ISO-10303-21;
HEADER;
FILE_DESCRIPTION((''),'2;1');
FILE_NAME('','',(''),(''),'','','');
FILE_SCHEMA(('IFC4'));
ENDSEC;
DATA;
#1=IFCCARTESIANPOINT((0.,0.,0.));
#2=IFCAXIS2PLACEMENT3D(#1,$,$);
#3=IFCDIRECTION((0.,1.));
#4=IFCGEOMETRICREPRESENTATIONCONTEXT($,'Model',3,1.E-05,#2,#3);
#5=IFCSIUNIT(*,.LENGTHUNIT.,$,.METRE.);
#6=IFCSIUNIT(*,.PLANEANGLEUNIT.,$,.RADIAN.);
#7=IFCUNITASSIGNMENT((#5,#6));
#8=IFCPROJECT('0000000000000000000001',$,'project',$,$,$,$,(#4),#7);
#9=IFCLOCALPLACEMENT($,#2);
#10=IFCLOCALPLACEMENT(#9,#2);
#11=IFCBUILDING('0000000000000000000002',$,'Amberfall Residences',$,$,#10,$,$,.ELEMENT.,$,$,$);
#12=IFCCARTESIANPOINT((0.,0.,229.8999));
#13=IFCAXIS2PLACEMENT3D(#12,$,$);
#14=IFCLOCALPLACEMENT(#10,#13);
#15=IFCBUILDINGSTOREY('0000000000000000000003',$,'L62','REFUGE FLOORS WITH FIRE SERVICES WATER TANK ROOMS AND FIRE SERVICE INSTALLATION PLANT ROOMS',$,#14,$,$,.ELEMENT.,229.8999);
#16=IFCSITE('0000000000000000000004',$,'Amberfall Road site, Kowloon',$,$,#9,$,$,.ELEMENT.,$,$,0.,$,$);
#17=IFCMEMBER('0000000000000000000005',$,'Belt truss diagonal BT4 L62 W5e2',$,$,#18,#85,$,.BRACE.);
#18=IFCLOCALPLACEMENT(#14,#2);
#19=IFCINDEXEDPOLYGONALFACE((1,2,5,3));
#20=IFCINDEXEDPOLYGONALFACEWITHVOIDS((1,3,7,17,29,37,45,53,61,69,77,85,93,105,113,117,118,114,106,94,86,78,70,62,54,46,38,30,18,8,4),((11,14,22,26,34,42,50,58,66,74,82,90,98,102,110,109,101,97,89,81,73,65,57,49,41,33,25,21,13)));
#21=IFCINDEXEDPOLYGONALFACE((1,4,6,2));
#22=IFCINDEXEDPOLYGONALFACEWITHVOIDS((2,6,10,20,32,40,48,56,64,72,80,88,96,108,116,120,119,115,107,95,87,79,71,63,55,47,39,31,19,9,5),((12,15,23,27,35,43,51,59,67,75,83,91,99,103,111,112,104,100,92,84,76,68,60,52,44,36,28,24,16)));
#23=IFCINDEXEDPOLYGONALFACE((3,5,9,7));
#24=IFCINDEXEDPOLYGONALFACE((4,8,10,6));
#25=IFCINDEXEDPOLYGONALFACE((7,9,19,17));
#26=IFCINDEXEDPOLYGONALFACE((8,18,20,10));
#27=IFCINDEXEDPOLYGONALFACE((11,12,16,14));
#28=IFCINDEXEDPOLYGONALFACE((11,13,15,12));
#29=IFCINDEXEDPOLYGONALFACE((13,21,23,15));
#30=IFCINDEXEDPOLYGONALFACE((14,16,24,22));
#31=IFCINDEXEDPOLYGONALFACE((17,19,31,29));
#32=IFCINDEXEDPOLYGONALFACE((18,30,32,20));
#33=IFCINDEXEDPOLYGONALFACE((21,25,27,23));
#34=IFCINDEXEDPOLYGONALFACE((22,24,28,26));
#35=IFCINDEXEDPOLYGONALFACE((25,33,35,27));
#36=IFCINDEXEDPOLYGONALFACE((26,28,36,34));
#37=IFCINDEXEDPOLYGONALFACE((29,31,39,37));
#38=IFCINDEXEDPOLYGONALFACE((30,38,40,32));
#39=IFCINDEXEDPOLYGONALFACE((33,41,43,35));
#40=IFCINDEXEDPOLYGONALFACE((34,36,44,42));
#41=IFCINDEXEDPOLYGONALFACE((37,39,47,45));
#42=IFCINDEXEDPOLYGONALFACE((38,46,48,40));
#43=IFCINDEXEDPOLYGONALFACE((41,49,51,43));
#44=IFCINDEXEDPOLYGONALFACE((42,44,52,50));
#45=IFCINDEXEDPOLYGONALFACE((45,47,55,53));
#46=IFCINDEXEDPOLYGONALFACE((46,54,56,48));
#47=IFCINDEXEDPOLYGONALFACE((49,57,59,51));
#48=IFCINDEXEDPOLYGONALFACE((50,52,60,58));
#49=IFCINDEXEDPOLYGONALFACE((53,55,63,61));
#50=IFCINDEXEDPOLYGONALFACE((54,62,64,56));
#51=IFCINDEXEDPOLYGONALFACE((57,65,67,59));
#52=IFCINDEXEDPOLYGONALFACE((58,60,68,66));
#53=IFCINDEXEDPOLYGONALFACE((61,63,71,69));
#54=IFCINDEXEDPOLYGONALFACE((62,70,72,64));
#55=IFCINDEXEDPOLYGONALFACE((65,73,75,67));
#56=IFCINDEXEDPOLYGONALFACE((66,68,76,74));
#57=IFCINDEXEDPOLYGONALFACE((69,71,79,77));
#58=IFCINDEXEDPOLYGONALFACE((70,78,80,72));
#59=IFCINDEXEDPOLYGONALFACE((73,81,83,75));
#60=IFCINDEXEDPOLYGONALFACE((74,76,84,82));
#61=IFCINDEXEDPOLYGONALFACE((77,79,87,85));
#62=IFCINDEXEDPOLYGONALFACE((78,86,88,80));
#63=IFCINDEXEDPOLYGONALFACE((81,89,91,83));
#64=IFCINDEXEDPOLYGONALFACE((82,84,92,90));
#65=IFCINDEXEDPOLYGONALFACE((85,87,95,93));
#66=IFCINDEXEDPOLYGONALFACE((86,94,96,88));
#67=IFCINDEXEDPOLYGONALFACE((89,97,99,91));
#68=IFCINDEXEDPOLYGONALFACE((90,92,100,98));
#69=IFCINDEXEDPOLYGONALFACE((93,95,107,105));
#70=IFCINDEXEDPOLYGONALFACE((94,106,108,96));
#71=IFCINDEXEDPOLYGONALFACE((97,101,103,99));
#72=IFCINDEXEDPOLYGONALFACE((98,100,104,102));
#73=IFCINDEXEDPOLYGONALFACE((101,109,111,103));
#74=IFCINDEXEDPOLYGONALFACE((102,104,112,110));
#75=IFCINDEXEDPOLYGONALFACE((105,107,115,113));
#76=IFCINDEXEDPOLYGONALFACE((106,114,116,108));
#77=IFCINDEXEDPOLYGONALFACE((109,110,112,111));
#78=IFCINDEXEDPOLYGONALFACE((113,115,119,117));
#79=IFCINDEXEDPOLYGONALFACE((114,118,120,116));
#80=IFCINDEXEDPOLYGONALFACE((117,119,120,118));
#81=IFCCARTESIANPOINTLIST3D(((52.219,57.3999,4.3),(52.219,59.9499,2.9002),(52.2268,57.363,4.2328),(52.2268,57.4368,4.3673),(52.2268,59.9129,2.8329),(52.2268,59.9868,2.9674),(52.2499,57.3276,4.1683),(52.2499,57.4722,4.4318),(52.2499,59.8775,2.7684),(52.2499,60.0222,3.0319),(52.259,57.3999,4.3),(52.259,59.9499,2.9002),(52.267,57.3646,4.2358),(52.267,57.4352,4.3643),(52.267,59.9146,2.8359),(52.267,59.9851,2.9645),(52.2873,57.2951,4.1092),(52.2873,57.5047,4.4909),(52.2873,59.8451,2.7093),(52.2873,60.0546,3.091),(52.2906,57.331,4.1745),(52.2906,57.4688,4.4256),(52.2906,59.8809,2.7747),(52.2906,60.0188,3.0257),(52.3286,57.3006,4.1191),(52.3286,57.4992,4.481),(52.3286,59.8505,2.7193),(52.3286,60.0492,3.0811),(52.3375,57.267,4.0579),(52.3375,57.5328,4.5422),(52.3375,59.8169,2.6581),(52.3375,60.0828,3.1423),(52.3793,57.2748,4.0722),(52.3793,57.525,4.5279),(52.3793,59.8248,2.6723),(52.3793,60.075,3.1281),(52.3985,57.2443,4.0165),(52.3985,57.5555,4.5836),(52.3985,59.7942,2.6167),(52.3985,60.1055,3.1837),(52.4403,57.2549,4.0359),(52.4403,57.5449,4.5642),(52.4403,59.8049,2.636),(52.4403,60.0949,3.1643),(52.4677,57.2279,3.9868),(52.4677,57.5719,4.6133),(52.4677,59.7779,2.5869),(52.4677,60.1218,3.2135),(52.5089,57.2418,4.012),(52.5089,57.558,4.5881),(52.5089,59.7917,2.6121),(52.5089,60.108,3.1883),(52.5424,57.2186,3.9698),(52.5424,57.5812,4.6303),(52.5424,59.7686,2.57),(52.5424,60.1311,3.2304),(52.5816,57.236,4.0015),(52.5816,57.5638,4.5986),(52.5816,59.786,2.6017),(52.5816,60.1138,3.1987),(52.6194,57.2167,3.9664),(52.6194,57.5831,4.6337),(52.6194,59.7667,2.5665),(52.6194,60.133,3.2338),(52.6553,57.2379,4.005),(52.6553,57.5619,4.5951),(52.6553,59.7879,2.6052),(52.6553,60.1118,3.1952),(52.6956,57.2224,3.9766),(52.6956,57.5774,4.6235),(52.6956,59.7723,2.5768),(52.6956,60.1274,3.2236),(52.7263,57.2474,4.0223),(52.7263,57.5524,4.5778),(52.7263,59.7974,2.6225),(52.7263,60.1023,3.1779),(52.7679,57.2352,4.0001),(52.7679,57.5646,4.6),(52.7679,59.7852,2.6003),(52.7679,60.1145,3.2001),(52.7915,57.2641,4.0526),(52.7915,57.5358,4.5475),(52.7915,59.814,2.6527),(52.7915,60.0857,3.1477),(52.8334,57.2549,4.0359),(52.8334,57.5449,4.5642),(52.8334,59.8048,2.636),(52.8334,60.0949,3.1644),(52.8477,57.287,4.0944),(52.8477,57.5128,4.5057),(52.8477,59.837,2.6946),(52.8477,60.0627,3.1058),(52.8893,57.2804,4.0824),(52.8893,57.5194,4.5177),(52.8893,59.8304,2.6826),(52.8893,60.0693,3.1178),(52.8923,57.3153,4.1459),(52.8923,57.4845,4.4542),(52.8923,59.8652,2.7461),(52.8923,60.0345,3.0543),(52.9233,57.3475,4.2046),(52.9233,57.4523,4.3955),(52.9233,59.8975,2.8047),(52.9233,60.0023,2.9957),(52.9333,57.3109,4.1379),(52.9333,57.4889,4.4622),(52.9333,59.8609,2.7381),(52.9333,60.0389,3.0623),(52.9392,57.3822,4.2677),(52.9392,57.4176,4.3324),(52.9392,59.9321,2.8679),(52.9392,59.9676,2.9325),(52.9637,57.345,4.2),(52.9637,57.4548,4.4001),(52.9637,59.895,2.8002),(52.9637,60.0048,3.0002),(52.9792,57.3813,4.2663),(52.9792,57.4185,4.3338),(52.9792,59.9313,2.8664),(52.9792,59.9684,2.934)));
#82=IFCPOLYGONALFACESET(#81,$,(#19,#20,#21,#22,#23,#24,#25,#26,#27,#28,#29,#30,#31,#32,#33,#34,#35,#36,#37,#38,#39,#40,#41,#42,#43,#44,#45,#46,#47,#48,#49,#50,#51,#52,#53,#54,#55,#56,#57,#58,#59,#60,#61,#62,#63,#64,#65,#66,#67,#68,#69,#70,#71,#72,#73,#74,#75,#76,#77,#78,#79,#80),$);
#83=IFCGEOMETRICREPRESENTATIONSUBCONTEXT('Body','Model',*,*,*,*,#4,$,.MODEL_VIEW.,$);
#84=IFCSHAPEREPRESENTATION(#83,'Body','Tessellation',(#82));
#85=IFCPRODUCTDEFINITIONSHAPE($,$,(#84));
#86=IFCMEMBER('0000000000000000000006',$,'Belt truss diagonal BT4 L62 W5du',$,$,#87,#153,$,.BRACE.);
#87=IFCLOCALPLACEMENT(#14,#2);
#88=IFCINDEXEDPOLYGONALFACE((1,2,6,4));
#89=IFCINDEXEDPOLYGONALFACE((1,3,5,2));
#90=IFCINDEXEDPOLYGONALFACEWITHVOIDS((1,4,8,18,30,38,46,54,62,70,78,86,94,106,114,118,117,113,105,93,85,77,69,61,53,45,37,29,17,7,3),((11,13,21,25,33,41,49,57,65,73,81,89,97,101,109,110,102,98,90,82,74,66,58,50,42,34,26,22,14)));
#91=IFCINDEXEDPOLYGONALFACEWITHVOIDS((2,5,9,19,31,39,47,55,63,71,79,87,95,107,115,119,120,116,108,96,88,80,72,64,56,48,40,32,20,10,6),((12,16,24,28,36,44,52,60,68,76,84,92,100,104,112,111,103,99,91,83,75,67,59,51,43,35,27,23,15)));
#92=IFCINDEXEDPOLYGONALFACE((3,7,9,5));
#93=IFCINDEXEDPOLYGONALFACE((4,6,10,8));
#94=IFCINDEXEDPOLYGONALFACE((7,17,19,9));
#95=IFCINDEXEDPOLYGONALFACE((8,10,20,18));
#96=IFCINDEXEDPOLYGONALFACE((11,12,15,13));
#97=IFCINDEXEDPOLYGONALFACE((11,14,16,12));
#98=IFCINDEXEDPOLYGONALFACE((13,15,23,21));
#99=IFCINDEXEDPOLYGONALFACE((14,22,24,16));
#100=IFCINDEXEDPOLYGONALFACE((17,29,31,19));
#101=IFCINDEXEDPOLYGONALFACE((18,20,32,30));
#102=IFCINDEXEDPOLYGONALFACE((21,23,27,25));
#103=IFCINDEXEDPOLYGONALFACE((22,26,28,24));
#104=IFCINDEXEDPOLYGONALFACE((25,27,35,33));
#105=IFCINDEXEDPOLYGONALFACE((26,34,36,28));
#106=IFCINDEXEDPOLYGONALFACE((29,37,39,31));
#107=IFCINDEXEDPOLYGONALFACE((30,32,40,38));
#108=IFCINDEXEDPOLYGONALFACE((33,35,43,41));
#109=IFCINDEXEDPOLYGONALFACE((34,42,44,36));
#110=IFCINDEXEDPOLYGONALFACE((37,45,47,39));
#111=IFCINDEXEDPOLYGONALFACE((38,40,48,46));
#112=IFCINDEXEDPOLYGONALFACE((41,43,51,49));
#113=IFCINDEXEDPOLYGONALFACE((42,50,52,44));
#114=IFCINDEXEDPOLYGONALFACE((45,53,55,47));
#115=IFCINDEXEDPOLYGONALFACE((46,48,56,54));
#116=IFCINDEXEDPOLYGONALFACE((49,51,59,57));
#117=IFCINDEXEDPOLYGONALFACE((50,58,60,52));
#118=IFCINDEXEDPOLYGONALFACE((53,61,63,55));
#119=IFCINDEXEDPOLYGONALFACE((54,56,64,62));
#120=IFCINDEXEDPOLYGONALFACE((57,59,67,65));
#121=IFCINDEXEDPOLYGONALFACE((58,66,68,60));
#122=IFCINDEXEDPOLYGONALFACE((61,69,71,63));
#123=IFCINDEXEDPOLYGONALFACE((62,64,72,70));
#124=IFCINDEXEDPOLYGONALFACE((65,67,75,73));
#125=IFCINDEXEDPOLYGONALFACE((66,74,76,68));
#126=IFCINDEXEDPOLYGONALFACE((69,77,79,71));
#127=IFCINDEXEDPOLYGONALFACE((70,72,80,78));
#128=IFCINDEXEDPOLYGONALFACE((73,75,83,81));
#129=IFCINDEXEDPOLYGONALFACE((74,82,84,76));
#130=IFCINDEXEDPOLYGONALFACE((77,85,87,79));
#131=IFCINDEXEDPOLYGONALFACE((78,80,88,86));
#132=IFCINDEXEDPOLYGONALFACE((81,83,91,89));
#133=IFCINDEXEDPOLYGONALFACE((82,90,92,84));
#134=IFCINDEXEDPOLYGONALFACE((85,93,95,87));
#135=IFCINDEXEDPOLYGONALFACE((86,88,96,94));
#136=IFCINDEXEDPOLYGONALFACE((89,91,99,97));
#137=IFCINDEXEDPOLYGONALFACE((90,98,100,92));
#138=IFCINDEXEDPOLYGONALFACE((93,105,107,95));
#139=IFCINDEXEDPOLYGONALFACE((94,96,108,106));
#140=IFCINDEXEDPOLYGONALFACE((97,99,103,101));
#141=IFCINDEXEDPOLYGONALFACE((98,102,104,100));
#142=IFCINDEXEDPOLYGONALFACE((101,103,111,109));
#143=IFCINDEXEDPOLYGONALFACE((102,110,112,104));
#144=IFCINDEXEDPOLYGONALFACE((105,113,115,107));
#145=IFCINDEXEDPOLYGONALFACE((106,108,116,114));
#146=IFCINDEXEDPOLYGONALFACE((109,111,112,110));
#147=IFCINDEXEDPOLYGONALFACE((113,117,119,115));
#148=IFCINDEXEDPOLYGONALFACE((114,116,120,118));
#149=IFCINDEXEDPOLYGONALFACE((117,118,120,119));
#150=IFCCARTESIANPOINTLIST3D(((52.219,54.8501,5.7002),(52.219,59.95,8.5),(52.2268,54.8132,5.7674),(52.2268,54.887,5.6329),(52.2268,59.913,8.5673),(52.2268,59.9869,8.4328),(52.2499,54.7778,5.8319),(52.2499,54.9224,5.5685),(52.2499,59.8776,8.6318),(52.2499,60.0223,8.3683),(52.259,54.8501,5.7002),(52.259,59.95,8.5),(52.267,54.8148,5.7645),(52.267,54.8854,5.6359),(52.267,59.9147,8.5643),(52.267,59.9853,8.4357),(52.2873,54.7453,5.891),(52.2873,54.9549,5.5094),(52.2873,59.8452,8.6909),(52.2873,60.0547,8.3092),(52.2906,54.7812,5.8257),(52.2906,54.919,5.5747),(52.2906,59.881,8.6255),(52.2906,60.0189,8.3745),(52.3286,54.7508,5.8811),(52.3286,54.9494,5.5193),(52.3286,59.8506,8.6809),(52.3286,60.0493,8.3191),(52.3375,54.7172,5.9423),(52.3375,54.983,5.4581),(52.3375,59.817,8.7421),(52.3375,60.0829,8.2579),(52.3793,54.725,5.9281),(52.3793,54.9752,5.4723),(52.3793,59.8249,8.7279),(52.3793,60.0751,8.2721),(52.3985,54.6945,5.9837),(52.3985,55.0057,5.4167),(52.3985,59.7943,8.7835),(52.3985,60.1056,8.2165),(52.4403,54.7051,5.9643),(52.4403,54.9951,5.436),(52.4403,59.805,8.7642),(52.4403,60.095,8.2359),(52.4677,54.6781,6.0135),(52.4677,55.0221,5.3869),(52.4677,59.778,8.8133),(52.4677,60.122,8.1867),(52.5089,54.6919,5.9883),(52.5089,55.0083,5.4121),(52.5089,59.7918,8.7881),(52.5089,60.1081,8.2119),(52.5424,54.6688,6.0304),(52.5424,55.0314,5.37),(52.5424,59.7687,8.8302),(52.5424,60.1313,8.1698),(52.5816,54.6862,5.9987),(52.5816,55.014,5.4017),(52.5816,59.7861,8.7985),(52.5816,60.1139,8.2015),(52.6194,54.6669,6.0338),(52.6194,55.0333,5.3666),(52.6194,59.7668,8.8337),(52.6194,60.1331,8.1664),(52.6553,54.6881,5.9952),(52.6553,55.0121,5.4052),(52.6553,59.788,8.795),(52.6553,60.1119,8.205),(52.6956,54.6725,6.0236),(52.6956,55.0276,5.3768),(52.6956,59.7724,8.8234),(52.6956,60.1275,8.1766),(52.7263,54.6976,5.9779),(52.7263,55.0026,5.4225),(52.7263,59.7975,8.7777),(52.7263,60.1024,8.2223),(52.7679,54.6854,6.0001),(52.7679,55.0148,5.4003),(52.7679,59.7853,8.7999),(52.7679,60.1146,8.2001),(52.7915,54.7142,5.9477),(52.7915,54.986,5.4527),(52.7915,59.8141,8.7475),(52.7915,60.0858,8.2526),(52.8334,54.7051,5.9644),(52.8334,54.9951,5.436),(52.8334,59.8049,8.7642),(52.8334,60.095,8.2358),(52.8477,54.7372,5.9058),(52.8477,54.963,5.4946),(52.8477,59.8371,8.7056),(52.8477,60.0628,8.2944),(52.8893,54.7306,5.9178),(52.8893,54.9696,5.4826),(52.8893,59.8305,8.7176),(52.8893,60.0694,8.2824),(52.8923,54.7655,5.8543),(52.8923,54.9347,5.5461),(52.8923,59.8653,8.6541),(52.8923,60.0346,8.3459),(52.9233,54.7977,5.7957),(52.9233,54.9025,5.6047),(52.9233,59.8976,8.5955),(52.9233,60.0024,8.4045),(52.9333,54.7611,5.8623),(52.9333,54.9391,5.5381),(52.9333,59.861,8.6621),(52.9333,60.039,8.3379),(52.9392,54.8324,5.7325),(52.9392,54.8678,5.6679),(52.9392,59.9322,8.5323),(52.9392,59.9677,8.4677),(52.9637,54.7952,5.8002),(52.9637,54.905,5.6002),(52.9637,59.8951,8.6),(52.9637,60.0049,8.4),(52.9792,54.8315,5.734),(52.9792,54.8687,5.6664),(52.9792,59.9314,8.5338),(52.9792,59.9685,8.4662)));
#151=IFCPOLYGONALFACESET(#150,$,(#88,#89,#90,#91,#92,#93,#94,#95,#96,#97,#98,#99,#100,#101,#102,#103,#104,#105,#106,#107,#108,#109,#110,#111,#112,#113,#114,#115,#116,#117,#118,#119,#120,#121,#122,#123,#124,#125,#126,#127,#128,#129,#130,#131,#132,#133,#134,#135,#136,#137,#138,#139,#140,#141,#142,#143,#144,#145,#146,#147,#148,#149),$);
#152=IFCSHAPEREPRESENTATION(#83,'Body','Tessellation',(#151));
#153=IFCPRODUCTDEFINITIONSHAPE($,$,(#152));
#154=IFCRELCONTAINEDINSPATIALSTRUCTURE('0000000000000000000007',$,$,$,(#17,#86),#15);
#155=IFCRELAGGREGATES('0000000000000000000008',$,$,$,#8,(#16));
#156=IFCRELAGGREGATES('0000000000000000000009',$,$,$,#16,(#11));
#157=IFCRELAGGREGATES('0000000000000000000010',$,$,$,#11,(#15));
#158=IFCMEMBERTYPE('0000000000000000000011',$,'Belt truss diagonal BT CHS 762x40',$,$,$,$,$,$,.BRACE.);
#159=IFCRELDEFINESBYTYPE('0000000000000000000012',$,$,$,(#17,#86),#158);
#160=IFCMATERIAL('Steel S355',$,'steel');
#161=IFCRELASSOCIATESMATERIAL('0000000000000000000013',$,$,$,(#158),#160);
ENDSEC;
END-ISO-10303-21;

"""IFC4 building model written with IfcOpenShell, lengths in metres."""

from ifc_helpers import new_model, si_unit, direction, frame, origin, origin_2d, place, context, subcontext, project, spatial, hollow_circle, extrude, material, material_profile, profile_set, type_object, element, save


model = new_model("IFC4")

# Units and contexts
model_context = context("Model", 3, precision=1e-05, world=origin(), true_north=direction((0.0, 1.0)))
body_context = subcontext(model_context, "Body", "Model", "MODEL_VIEW")
ifc_project = project(units=[si_unit("LENGTHUNIT", "METRE"), si_unit("PLANEANGLEUNIT", "RADIAN")], contexts=[model_context])

# Site, building, storey
site_placement = place(None, origin())
site = spatial("IfcSite", under=ifc_project, at=site_placement, Name="Amberfall Road site, Kowloon", CompositionType="ELEMENT", RefElevation=0.0)
building_placement = place(site_placement, origin())
building = spatial("IfcBuilding", under=site, at=building_placement, Name="Amberfall Residences", CompositionType="ELEMENT")
storey_placement = place(building_placement, frame((0.0, 0.0, 229.8999)))
storey = spatial("IfcBuildingStorey", under=building, at=storey_placement, Name="L62", Description="REFUGE FLOORS WITH FIRE SERVICES WATER TANK ROOMS AND FIRE SERVICE INSTALLATION PLANT ROOMS", CompositionType="ELEMENT", Elevation=229.8999)

# Shared definitions
ifc_material_1 = material(Name="Steel S355", Category="steel")

# Members
ifc_material_profile_1 = material_profile(ifc_material_1, hollow_circle(Radius=0.3811, WallThickness=0.04, at=origin_2d()), Name="CHS 762x40")
ifc_profile_set_1 = profile_set([ifc_material_profile_1], Name="Steel S355")
member_type_1 = type_object("IfcMemberType", Name="Belt truss diagonal BT CHS 762x40", PredefinedType="BRACE", material=ifc_profile_set_1)
for number, where, z_axis, x_axis, name in (
    (1, (52.6001, 57.3999, 4.3), (0.0, 0.876597, -0.481226), (-1.0, 0.0, 0.0), "Belt truss diagonal BT4 L62 W5e2"),
):
    element("IfcMember", number, at=place(storey_placement, frame(where, z_axis=z_axis, x_axis=x_axis)), inside=storey, type_object=member_type_1, Name=name, PredefinedType="BRACE", context=body_context, shape_type="SweptSolid", body=[
        extrude(hollow_circle(Radius=0.3811, WallThickness=0.04, at=origin_2d()), origin(), (0.0, 0.0, 1.0), 2.9089),
    ])
member_1_placement = place(storey_placement, frame((52.6001, 54.8501, 5.7002), z_axis=(0.0, 0.876587, 0.481244), x_axis=(-1.0, 0.0, 0.0)))
element("IfcMember", 2, at=member_1_placement, inside=storey, type_object=member_type_1, Name="Belt truss diagonal BT4 L62 W5du", PredefinedType="BRACE", context=body_context, shape_type="SweptSolid", body=[
    extrude(hollow_circle(Radius=0.3811, WallThickness=0.04, at=origin_2d()), origin(), (0.0, 0.0, 1.0), 5.8179),
])

save(model, "model.ifc")
